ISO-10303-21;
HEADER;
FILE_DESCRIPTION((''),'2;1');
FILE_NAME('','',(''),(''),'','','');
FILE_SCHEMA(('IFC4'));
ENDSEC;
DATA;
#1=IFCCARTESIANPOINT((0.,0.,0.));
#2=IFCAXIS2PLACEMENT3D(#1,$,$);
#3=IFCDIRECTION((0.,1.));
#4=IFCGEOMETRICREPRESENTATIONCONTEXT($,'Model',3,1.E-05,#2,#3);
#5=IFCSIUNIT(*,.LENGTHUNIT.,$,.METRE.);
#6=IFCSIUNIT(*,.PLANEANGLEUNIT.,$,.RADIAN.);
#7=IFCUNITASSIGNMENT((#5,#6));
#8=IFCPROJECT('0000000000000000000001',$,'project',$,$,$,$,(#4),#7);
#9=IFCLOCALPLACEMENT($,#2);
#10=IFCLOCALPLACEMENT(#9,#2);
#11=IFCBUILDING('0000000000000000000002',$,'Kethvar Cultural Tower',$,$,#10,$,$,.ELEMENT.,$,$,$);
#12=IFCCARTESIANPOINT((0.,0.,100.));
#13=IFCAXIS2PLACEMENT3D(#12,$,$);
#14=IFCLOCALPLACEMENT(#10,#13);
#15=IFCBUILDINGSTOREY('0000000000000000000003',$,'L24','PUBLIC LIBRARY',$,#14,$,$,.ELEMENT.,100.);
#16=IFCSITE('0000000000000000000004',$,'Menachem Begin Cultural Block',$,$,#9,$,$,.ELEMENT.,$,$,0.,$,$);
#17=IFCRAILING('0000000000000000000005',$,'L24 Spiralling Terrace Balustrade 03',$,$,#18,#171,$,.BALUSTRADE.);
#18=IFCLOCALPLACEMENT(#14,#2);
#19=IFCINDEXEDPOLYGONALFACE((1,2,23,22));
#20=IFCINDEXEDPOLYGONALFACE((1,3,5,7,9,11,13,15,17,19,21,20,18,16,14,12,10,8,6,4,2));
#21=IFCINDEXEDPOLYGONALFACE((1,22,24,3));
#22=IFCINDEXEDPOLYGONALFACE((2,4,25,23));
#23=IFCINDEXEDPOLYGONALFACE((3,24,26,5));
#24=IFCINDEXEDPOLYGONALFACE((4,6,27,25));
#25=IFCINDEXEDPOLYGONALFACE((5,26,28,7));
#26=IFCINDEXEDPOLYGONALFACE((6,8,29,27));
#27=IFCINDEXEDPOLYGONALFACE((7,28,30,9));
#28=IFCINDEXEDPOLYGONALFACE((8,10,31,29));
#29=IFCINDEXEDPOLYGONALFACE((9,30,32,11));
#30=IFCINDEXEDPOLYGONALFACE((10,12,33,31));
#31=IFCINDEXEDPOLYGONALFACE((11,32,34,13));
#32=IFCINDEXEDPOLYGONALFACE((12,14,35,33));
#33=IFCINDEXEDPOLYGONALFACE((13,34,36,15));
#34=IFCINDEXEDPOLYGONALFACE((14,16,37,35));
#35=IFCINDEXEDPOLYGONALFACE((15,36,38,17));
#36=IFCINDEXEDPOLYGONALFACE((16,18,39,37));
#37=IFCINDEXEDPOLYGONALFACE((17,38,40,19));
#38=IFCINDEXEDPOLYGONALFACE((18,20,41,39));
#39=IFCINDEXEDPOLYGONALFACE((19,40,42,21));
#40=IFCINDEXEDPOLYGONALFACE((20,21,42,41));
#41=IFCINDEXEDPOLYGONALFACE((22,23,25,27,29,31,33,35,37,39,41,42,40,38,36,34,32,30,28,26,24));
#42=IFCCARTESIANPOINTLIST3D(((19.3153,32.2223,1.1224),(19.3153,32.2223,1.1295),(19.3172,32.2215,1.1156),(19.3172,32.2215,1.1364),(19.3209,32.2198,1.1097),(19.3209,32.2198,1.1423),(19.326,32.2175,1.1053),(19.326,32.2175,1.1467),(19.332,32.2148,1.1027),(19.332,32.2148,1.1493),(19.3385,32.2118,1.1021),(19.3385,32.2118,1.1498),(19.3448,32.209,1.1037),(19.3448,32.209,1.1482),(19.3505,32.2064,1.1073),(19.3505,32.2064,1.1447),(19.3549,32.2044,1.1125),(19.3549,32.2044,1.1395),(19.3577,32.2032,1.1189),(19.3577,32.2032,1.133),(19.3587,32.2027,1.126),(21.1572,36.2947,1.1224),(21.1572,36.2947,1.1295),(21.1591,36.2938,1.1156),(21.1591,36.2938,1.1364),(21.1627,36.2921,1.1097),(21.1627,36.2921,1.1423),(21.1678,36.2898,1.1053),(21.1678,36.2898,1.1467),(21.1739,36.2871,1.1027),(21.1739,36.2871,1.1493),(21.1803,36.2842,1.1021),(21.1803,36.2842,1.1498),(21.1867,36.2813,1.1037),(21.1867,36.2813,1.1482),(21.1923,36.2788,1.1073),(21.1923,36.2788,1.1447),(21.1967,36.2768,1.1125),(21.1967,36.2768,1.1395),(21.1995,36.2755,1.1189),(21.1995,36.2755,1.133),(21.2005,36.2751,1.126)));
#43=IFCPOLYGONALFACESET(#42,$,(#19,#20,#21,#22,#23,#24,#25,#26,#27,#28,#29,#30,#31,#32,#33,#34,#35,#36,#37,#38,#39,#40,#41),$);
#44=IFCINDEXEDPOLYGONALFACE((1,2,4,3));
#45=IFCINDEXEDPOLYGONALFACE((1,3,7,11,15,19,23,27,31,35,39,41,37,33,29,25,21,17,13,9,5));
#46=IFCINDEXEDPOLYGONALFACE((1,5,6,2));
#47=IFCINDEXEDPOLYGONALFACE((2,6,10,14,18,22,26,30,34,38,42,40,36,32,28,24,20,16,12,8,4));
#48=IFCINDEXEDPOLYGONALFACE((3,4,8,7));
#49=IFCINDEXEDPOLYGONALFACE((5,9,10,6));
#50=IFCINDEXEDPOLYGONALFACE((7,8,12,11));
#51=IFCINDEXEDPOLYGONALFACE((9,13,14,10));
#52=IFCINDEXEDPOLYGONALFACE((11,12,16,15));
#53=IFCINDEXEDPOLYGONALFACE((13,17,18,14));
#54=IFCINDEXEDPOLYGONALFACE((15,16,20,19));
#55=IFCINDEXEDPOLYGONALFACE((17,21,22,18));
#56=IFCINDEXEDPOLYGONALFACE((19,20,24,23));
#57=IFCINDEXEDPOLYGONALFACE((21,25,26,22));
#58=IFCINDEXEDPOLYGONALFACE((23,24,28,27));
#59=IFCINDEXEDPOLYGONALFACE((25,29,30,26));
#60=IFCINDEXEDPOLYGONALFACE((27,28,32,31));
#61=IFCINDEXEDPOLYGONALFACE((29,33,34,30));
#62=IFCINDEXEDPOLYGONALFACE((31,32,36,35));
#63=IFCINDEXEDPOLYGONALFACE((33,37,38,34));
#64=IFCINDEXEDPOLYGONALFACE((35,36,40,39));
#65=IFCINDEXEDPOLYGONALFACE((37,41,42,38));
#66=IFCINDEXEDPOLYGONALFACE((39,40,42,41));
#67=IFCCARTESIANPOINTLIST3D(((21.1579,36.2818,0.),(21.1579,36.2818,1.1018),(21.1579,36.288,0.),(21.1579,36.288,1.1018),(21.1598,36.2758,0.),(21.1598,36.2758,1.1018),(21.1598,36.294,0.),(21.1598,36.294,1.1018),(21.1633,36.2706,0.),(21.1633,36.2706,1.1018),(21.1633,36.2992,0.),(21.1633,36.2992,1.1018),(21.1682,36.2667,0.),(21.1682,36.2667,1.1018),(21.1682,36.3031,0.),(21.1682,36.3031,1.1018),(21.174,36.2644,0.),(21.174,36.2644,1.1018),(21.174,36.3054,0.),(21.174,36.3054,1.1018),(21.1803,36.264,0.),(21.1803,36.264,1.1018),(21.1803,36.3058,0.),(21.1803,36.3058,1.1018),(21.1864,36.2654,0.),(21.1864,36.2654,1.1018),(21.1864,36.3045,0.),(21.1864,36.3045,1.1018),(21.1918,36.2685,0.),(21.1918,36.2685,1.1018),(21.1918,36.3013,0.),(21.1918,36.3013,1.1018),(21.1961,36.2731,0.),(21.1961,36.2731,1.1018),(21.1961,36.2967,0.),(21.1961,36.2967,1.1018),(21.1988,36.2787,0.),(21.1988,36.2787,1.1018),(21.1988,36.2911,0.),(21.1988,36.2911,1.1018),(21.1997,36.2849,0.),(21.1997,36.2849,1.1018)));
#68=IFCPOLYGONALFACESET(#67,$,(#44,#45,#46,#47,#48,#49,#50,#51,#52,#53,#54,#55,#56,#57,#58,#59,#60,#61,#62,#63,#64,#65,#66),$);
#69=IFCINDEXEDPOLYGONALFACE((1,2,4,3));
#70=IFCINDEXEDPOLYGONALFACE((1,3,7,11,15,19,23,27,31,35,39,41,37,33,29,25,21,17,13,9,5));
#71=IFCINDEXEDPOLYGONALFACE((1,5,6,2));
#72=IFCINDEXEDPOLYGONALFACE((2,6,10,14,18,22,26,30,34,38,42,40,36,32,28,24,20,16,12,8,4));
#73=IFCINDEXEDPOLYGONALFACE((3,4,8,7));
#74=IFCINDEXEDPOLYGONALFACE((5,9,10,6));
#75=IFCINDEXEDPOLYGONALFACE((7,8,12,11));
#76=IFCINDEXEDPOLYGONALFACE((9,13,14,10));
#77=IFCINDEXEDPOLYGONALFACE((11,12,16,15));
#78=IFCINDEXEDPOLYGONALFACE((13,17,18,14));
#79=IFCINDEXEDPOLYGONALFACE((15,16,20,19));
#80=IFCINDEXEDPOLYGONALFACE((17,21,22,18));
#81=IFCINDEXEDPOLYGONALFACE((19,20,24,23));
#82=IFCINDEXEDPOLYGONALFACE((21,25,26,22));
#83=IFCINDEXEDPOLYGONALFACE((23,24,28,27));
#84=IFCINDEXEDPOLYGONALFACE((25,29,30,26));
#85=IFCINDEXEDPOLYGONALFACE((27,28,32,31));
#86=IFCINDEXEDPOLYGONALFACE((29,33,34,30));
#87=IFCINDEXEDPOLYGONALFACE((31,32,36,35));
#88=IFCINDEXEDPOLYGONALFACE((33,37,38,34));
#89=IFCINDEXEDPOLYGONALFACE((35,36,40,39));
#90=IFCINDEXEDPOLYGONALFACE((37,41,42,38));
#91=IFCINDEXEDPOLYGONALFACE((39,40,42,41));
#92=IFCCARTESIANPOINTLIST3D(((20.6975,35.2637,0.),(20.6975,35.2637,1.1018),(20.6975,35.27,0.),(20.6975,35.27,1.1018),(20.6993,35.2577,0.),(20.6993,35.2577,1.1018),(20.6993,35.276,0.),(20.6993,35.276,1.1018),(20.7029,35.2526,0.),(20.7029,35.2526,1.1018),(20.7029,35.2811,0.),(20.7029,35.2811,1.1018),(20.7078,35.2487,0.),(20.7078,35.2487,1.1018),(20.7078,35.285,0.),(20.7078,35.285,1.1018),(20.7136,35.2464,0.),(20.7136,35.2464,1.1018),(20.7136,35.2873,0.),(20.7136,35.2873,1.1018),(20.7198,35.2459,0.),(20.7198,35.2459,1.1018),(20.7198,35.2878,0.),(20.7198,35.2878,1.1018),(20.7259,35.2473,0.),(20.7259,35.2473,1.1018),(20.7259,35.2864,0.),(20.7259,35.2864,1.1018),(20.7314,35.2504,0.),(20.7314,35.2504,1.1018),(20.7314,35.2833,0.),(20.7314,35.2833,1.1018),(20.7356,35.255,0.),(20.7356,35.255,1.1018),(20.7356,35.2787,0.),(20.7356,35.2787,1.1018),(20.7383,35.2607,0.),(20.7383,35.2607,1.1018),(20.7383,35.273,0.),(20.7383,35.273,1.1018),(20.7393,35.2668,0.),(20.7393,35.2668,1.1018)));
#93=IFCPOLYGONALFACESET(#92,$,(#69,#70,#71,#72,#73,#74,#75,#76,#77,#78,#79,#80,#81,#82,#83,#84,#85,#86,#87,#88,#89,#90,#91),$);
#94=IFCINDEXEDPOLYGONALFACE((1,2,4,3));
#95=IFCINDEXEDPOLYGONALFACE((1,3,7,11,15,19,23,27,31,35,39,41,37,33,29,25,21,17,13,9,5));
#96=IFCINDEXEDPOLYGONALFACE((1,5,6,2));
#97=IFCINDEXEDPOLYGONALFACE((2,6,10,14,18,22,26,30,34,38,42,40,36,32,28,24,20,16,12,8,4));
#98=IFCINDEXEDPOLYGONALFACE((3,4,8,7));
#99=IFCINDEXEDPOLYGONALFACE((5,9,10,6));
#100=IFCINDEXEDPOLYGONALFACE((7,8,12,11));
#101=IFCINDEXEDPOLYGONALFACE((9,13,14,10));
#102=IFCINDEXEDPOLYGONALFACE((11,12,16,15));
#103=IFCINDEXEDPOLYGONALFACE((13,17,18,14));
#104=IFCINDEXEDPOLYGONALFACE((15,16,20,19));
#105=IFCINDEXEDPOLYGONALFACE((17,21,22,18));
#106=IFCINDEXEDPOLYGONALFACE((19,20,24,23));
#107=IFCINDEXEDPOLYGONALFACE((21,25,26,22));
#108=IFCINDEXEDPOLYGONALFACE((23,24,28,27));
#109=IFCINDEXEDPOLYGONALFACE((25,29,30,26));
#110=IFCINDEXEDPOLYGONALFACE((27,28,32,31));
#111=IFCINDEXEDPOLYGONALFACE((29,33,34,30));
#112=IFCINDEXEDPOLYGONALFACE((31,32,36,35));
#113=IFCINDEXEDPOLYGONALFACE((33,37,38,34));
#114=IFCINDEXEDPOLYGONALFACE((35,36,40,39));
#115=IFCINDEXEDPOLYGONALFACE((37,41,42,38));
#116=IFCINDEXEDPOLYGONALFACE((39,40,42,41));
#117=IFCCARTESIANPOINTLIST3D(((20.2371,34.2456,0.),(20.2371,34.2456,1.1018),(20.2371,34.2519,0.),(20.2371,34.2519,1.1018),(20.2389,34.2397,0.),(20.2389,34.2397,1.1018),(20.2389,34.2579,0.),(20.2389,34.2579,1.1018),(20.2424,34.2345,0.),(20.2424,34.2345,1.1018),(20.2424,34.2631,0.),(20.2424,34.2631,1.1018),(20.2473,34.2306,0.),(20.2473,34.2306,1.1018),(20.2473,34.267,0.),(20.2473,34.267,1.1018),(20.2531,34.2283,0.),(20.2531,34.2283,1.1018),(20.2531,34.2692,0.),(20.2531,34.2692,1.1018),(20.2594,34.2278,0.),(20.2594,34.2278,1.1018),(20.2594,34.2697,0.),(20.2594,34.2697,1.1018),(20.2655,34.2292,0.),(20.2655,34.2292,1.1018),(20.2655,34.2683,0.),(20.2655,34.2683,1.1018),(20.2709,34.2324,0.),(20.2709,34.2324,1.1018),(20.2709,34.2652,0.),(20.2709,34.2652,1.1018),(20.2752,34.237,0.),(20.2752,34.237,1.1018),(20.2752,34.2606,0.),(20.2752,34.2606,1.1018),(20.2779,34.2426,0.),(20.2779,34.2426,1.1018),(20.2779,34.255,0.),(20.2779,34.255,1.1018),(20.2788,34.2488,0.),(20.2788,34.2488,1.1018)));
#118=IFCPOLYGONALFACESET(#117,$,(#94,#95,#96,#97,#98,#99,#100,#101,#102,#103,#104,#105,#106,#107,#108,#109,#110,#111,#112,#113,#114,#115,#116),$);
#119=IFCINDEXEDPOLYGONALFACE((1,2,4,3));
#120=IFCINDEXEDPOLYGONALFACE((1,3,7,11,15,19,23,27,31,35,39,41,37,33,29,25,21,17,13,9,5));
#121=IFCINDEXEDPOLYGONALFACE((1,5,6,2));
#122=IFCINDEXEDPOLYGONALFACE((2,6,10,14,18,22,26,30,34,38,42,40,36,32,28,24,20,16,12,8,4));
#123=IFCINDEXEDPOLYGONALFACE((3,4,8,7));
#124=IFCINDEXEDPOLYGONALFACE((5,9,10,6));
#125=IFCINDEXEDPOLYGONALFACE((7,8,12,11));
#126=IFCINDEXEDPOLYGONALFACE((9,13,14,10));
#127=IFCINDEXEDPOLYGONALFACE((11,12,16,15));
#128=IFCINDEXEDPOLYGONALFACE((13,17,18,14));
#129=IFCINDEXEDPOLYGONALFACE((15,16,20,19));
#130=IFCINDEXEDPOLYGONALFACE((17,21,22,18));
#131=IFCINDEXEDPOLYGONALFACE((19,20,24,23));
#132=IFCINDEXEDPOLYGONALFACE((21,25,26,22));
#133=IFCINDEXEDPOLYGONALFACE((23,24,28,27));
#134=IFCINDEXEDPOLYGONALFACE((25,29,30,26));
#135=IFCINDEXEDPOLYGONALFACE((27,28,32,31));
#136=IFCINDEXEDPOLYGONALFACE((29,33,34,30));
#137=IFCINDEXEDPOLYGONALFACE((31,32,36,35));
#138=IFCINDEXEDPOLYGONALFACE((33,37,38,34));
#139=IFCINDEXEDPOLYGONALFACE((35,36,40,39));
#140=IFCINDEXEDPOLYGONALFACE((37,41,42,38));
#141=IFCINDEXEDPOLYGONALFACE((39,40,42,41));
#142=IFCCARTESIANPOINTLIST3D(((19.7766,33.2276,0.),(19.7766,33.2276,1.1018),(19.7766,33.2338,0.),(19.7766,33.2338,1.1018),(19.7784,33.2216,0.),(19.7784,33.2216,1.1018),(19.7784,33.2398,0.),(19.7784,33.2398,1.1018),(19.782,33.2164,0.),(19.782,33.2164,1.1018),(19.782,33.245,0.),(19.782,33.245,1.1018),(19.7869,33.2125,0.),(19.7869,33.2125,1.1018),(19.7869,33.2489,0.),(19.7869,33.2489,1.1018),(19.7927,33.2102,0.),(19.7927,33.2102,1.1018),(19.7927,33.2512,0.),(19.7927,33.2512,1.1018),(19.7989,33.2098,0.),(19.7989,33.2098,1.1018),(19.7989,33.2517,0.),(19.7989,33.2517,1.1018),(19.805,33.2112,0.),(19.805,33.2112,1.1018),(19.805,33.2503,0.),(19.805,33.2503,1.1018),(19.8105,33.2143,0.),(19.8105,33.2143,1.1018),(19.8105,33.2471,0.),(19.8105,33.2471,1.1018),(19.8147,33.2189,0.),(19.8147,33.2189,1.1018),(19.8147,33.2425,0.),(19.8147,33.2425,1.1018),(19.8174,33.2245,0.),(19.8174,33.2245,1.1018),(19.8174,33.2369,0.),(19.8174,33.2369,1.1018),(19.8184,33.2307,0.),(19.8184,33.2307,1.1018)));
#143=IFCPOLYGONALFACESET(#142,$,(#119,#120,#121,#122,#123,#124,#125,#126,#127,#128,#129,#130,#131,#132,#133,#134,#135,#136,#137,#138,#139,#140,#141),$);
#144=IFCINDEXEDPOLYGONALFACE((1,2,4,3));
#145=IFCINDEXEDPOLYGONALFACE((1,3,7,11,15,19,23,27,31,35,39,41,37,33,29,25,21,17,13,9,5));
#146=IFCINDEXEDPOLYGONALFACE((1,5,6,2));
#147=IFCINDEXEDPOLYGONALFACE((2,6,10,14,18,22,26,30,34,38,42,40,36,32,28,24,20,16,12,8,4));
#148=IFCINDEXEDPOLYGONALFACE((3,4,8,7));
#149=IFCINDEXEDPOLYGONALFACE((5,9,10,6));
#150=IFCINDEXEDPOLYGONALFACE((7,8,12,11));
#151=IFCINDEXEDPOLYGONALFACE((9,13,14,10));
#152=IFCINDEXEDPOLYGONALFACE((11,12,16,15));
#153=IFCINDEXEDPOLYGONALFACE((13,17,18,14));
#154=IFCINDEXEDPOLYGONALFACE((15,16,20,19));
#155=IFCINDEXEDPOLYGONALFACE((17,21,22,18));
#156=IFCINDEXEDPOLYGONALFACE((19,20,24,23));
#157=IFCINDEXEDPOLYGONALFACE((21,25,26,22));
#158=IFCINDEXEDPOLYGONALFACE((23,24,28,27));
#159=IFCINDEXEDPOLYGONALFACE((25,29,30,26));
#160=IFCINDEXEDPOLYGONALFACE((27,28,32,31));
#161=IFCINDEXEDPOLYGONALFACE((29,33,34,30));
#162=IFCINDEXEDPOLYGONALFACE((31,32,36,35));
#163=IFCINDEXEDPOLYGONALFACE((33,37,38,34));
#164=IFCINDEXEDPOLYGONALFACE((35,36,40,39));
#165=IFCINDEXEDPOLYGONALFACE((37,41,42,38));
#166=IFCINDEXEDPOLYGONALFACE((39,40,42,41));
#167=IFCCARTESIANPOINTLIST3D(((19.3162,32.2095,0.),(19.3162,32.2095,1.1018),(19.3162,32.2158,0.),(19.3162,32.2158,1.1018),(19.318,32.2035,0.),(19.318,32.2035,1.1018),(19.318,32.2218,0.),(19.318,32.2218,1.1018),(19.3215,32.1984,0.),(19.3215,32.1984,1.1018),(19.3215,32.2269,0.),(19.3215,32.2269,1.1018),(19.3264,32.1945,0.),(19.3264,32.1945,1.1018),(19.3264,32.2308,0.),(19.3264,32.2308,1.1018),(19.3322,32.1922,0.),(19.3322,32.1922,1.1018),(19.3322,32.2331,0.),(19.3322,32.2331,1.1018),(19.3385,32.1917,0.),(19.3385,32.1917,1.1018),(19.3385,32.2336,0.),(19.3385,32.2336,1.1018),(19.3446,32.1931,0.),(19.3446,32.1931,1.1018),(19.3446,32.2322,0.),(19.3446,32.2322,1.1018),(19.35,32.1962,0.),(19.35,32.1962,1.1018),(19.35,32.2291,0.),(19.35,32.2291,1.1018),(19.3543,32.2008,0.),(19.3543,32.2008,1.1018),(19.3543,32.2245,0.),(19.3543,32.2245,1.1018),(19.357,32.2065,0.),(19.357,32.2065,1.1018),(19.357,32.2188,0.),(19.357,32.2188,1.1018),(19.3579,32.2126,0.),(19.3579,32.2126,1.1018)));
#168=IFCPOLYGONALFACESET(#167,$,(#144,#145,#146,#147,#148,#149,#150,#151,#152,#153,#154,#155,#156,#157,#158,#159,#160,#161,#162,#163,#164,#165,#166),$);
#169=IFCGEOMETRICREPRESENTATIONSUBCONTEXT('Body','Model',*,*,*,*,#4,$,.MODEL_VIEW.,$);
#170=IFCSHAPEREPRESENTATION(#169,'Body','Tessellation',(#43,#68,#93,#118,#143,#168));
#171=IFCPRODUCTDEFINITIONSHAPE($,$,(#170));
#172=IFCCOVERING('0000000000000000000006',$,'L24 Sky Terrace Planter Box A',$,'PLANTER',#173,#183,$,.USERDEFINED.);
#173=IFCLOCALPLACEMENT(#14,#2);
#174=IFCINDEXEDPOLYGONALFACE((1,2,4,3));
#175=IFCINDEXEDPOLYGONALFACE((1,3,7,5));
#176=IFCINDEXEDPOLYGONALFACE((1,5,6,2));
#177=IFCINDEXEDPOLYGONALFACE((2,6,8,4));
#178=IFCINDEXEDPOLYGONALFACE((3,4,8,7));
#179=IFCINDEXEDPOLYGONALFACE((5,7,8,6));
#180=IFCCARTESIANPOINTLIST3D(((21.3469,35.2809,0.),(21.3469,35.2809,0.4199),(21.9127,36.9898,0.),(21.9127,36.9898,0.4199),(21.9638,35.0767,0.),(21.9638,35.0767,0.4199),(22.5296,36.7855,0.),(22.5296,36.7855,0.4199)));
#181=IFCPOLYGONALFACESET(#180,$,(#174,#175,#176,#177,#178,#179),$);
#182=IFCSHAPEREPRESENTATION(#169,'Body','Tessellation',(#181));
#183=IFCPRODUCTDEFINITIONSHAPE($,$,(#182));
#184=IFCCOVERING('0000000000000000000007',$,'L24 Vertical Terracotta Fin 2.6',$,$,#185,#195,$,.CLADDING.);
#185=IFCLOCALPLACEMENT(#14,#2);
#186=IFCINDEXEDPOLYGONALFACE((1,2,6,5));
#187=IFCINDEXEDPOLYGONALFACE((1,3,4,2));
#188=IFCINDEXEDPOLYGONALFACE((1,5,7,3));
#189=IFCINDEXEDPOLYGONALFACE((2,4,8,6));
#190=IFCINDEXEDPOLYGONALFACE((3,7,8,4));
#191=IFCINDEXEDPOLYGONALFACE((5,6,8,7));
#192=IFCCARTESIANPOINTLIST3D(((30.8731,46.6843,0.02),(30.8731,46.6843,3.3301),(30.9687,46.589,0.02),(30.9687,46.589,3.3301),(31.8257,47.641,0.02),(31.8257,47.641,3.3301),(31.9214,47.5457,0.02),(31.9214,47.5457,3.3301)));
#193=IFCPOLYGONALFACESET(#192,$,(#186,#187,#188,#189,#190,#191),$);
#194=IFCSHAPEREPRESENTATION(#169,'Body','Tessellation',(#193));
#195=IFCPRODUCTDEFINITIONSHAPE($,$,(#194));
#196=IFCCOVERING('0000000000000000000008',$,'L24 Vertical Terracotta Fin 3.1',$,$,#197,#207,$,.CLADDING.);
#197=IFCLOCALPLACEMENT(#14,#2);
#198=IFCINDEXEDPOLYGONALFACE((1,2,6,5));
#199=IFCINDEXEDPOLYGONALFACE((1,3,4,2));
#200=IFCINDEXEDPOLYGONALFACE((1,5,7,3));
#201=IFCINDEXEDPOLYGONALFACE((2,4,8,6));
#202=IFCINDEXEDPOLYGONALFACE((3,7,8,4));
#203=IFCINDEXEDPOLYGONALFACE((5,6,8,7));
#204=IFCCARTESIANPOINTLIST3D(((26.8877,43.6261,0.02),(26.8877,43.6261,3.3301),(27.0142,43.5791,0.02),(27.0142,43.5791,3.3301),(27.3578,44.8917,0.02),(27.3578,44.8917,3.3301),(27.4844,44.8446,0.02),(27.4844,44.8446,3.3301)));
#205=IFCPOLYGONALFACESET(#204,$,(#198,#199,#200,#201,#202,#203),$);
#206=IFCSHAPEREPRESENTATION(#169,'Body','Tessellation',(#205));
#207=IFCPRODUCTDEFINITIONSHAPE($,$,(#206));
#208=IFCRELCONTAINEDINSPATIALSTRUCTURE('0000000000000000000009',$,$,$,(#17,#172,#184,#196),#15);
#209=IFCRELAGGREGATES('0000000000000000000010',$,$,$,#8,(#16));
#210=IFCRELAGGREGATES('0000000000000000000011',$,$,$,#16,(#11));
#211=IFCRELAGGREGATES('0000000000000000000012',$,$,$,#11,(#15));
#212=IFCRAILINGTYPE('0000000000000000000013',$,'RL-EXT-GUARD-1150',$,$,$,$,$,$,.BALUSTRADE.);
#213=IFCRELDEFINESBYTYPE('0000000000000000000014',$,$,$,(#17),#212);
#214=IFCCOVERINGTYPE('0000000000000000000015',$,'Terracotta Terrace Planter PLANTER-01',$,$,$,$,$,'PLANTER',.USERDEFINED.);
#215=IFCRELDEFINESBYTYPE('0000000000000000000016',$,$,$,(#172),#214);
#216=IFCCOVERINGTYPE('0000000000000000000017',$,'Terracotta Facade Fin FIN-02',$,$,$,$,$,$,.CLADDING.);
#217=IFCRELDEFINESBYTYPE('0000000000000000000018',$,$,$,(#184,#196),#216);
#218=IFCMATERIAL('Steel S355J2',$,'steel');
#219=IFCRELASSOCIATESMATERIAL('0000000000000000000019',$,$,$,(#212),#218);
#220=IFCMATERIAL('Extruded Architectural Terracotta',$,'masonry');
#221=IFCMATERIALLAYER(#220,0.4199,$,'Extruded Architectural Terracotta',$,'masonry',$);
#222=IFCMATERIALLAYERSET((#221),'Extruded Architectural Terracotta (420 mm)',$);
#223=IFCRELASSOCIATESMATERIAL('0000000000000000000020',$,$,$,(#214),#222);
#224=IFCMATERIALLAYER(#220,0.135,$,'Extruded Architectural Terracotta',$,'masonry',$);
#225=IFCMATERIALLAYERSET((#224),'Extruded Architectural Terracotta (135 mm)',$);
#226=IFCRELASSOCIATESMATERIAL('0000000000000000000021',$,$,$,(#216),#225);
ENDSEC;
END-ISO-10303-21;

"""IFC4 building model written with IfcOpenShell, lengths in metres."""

from ifc_helpers import new_model, si_unit, direction, frame, origin, origin_2d, place, context, subcontext, project, spatial, rectangle, circle, extrude, source, transform, mapped, material, layer, layer_set, type_object, element, save


model = new_model("IFC4")

# Units and contexts
model_context = context("Model", 3, precision=1e-05, world=origin(), true_north=direction((0.0, 1.0)))
body_context = subcontext(model_context, "Body", "Model", "MODEL_VIEW")
ifc_project = project(units=[si_unit("LENGTHUNIT", "METRE"), si_unit("PLANEANGLEUNIT", "RADIAN")], contexts=[model_context])

# Site, building, storey
site_placement = place(None, origin())
site = spatial("IfcSite", under=ifc_project, at=site_placement, Name="Menachem Begin Cultural Block", CompositionType="ELEMENT", RefElevation=0.0)
building_placement = place(site_placement, origin())
building = spatial("IfcBuilding", under=site, at=building_placement, Name="Kethvar Cultural Tower", CompositionType="ELEMENT")
storey_placement = place(building_placement, frame((0.0, 0.0, 100.0)))
storey = spatial("IfcBuildingStorey", under=building, at=storey_placement, Name="L24", Description="PUBLIC LIBRARY", CompositionType="ELEMENT", Elevation=100.0)

# Shared definitions
ifc_material_1 = material(Name="Steel S355J2", Category="steel")

# Railing
railing_type = type_object("IfcRailingType", Name="RL-EXT-GUARD-1150", PredefinedType="BALUSTRADE", material=ifc_material_1)
railing_1_placement = place(storey_placement, frame((21.1787, 36.2849, 0.0)))
element("IfcRailing", 1, at=railing_1_placement, inside=storey, type_object=railing_type, Name="L24 Spiralling Terrace Balustrade 03", PredefinedType="BALUSTRADE", context=body_context, shape_type="SweptSolid", body=[
    extrude(circle(Radius=0.0239, at=origin_2d()), frame((0.0, 0.0, 1.126), z_axis=(-0.41209, -0.911143, 0.0), x_axis=(0.911143, -0.41209, 0.0)), (0.0, 0.0, 1.0), 4.4695),
    extrude(circle(Radius=0.021, at=origin_2d()), origin(), (0.0, 0.0, 1.0), 1.1018),
    extrude(circle(Radius=0.021, at=origin_2d()), frame((-0.4604, -1.0181, 0.0)), (0.0, 0.0, 1.0), 1.1018),
    extrude(circle(Radius=0.021, at=origin_2d()), frame((-0.9209, -2.0361, 0.0)), (0.0, 0.0, 1.0), 1.1018),
    extrude(circle(Radius=0.021, at=origin_2d()), frame((-1.3813, -3.0542, 0.0)), (0.0, 0.0, 1.0), 1.1018),
    extrude(circle(Radius=0.021, at=origin_2d()), frame((-1.8418, -4.0723, 0.0)), (0.0, 0.0, 1.0), 1.1018),
])

# Coverings
ifc_material_2 = material(Name="Extruded Architectural Terracotta", Category="masonry")
ifc_layer_1 = layer(ifc_material_2, 0.4199, Name="Extruded Architectural Terracotta", Category="masonry")
ifc_layer_set_1 = layer_set([ifc_layer_1], Name="Extruded Architectural Terracotta (420 mm)")
covering_type_1 = type_object("IfcCoveringType", Name="Terracotta Terrace Planter PLANTER-01", ElementType="PLANTER", PredefinedType="USERDEFINED", material=ifc_layer_set_1)
shared_shape_1 = source(origin(), body_context, "Body", "SweptSolid", [
    extrude(rectangle(XDim=1.8, YDim=0.6499, at=origin_2d()), origin(), (0.0, 0.0, 1.0), 0.4199),
])
covering_placement = place(storey_placement, frame((21.9382, 36.0332, 0.0), z_axis=(0.0, 0.0, 1.0), x_axis=(-0.314324, -0.949316, 0.0)))
element("IfcCovering", 2, at=covering_placement, inside=storey, type_object=covering_type_1, Name="L24 Sky Terrace Planter Box A", ObjectType="PLANTER", PredefinedType="USERDEFINED", context=body_context, shape_type="MappedRepresentation", body=[
    mapped(shared_shape_1, transform((0.0, 0.0, 0.0), scale=1.0)),
])
ifc_layer_2 = layer(ifc_material_2, 0.135, Name="Extruded Architectural Terracotta", Category="masonry")
ifc_layer_set_2 = layer_set([ifc_layer_2], Name="Extruded Architectural Terracotta (135 mm)")
covering_type_2 = type_object("IfcCoveringType", Name="Terracotta Facade Fin FIN-02", PredefinedType="CLADDING", material=ifc_layer_set_2)
shared_shape_2 = source(origin(), body_context, "Body", "SweptSolid", [
    extrude(rectangle(XDim=1.3501, YDim=0.135, at=origin_2d()), origin(), (0.0, 0.0, 1.0), 3.3101),
])
for number, where, z_axis, x_axis, name in (
    (3, (31.3972, 47.115, 0.02), (0.0, 0.0, 1.0), (0.705624, 0.708586, 0.0), "L24 Vertical Terracotta Fin 2.6"),
    (4, (27.186, 44.2354, 0.02), (0.0, 0.0, 1.0), (0.348245, 0.937404, 0.0), "L24 Vertical Terracotta Fin 3.1"),
):
    element("IfcCovering", number, at=place(storey_placement, frame(where, z_axis=z_axis, x_axis=x_axis)), inside=storey, type_object=covering_type_2, Name=name, PredefinedType="CLADDING", context=body_context, shape_type="MappedRepresentation", body=[
        mapped(shared_shape_2, transform((0.0, 0.0, 0.0), scale=1.0)),
    ])

save(model, "model.ifc")
